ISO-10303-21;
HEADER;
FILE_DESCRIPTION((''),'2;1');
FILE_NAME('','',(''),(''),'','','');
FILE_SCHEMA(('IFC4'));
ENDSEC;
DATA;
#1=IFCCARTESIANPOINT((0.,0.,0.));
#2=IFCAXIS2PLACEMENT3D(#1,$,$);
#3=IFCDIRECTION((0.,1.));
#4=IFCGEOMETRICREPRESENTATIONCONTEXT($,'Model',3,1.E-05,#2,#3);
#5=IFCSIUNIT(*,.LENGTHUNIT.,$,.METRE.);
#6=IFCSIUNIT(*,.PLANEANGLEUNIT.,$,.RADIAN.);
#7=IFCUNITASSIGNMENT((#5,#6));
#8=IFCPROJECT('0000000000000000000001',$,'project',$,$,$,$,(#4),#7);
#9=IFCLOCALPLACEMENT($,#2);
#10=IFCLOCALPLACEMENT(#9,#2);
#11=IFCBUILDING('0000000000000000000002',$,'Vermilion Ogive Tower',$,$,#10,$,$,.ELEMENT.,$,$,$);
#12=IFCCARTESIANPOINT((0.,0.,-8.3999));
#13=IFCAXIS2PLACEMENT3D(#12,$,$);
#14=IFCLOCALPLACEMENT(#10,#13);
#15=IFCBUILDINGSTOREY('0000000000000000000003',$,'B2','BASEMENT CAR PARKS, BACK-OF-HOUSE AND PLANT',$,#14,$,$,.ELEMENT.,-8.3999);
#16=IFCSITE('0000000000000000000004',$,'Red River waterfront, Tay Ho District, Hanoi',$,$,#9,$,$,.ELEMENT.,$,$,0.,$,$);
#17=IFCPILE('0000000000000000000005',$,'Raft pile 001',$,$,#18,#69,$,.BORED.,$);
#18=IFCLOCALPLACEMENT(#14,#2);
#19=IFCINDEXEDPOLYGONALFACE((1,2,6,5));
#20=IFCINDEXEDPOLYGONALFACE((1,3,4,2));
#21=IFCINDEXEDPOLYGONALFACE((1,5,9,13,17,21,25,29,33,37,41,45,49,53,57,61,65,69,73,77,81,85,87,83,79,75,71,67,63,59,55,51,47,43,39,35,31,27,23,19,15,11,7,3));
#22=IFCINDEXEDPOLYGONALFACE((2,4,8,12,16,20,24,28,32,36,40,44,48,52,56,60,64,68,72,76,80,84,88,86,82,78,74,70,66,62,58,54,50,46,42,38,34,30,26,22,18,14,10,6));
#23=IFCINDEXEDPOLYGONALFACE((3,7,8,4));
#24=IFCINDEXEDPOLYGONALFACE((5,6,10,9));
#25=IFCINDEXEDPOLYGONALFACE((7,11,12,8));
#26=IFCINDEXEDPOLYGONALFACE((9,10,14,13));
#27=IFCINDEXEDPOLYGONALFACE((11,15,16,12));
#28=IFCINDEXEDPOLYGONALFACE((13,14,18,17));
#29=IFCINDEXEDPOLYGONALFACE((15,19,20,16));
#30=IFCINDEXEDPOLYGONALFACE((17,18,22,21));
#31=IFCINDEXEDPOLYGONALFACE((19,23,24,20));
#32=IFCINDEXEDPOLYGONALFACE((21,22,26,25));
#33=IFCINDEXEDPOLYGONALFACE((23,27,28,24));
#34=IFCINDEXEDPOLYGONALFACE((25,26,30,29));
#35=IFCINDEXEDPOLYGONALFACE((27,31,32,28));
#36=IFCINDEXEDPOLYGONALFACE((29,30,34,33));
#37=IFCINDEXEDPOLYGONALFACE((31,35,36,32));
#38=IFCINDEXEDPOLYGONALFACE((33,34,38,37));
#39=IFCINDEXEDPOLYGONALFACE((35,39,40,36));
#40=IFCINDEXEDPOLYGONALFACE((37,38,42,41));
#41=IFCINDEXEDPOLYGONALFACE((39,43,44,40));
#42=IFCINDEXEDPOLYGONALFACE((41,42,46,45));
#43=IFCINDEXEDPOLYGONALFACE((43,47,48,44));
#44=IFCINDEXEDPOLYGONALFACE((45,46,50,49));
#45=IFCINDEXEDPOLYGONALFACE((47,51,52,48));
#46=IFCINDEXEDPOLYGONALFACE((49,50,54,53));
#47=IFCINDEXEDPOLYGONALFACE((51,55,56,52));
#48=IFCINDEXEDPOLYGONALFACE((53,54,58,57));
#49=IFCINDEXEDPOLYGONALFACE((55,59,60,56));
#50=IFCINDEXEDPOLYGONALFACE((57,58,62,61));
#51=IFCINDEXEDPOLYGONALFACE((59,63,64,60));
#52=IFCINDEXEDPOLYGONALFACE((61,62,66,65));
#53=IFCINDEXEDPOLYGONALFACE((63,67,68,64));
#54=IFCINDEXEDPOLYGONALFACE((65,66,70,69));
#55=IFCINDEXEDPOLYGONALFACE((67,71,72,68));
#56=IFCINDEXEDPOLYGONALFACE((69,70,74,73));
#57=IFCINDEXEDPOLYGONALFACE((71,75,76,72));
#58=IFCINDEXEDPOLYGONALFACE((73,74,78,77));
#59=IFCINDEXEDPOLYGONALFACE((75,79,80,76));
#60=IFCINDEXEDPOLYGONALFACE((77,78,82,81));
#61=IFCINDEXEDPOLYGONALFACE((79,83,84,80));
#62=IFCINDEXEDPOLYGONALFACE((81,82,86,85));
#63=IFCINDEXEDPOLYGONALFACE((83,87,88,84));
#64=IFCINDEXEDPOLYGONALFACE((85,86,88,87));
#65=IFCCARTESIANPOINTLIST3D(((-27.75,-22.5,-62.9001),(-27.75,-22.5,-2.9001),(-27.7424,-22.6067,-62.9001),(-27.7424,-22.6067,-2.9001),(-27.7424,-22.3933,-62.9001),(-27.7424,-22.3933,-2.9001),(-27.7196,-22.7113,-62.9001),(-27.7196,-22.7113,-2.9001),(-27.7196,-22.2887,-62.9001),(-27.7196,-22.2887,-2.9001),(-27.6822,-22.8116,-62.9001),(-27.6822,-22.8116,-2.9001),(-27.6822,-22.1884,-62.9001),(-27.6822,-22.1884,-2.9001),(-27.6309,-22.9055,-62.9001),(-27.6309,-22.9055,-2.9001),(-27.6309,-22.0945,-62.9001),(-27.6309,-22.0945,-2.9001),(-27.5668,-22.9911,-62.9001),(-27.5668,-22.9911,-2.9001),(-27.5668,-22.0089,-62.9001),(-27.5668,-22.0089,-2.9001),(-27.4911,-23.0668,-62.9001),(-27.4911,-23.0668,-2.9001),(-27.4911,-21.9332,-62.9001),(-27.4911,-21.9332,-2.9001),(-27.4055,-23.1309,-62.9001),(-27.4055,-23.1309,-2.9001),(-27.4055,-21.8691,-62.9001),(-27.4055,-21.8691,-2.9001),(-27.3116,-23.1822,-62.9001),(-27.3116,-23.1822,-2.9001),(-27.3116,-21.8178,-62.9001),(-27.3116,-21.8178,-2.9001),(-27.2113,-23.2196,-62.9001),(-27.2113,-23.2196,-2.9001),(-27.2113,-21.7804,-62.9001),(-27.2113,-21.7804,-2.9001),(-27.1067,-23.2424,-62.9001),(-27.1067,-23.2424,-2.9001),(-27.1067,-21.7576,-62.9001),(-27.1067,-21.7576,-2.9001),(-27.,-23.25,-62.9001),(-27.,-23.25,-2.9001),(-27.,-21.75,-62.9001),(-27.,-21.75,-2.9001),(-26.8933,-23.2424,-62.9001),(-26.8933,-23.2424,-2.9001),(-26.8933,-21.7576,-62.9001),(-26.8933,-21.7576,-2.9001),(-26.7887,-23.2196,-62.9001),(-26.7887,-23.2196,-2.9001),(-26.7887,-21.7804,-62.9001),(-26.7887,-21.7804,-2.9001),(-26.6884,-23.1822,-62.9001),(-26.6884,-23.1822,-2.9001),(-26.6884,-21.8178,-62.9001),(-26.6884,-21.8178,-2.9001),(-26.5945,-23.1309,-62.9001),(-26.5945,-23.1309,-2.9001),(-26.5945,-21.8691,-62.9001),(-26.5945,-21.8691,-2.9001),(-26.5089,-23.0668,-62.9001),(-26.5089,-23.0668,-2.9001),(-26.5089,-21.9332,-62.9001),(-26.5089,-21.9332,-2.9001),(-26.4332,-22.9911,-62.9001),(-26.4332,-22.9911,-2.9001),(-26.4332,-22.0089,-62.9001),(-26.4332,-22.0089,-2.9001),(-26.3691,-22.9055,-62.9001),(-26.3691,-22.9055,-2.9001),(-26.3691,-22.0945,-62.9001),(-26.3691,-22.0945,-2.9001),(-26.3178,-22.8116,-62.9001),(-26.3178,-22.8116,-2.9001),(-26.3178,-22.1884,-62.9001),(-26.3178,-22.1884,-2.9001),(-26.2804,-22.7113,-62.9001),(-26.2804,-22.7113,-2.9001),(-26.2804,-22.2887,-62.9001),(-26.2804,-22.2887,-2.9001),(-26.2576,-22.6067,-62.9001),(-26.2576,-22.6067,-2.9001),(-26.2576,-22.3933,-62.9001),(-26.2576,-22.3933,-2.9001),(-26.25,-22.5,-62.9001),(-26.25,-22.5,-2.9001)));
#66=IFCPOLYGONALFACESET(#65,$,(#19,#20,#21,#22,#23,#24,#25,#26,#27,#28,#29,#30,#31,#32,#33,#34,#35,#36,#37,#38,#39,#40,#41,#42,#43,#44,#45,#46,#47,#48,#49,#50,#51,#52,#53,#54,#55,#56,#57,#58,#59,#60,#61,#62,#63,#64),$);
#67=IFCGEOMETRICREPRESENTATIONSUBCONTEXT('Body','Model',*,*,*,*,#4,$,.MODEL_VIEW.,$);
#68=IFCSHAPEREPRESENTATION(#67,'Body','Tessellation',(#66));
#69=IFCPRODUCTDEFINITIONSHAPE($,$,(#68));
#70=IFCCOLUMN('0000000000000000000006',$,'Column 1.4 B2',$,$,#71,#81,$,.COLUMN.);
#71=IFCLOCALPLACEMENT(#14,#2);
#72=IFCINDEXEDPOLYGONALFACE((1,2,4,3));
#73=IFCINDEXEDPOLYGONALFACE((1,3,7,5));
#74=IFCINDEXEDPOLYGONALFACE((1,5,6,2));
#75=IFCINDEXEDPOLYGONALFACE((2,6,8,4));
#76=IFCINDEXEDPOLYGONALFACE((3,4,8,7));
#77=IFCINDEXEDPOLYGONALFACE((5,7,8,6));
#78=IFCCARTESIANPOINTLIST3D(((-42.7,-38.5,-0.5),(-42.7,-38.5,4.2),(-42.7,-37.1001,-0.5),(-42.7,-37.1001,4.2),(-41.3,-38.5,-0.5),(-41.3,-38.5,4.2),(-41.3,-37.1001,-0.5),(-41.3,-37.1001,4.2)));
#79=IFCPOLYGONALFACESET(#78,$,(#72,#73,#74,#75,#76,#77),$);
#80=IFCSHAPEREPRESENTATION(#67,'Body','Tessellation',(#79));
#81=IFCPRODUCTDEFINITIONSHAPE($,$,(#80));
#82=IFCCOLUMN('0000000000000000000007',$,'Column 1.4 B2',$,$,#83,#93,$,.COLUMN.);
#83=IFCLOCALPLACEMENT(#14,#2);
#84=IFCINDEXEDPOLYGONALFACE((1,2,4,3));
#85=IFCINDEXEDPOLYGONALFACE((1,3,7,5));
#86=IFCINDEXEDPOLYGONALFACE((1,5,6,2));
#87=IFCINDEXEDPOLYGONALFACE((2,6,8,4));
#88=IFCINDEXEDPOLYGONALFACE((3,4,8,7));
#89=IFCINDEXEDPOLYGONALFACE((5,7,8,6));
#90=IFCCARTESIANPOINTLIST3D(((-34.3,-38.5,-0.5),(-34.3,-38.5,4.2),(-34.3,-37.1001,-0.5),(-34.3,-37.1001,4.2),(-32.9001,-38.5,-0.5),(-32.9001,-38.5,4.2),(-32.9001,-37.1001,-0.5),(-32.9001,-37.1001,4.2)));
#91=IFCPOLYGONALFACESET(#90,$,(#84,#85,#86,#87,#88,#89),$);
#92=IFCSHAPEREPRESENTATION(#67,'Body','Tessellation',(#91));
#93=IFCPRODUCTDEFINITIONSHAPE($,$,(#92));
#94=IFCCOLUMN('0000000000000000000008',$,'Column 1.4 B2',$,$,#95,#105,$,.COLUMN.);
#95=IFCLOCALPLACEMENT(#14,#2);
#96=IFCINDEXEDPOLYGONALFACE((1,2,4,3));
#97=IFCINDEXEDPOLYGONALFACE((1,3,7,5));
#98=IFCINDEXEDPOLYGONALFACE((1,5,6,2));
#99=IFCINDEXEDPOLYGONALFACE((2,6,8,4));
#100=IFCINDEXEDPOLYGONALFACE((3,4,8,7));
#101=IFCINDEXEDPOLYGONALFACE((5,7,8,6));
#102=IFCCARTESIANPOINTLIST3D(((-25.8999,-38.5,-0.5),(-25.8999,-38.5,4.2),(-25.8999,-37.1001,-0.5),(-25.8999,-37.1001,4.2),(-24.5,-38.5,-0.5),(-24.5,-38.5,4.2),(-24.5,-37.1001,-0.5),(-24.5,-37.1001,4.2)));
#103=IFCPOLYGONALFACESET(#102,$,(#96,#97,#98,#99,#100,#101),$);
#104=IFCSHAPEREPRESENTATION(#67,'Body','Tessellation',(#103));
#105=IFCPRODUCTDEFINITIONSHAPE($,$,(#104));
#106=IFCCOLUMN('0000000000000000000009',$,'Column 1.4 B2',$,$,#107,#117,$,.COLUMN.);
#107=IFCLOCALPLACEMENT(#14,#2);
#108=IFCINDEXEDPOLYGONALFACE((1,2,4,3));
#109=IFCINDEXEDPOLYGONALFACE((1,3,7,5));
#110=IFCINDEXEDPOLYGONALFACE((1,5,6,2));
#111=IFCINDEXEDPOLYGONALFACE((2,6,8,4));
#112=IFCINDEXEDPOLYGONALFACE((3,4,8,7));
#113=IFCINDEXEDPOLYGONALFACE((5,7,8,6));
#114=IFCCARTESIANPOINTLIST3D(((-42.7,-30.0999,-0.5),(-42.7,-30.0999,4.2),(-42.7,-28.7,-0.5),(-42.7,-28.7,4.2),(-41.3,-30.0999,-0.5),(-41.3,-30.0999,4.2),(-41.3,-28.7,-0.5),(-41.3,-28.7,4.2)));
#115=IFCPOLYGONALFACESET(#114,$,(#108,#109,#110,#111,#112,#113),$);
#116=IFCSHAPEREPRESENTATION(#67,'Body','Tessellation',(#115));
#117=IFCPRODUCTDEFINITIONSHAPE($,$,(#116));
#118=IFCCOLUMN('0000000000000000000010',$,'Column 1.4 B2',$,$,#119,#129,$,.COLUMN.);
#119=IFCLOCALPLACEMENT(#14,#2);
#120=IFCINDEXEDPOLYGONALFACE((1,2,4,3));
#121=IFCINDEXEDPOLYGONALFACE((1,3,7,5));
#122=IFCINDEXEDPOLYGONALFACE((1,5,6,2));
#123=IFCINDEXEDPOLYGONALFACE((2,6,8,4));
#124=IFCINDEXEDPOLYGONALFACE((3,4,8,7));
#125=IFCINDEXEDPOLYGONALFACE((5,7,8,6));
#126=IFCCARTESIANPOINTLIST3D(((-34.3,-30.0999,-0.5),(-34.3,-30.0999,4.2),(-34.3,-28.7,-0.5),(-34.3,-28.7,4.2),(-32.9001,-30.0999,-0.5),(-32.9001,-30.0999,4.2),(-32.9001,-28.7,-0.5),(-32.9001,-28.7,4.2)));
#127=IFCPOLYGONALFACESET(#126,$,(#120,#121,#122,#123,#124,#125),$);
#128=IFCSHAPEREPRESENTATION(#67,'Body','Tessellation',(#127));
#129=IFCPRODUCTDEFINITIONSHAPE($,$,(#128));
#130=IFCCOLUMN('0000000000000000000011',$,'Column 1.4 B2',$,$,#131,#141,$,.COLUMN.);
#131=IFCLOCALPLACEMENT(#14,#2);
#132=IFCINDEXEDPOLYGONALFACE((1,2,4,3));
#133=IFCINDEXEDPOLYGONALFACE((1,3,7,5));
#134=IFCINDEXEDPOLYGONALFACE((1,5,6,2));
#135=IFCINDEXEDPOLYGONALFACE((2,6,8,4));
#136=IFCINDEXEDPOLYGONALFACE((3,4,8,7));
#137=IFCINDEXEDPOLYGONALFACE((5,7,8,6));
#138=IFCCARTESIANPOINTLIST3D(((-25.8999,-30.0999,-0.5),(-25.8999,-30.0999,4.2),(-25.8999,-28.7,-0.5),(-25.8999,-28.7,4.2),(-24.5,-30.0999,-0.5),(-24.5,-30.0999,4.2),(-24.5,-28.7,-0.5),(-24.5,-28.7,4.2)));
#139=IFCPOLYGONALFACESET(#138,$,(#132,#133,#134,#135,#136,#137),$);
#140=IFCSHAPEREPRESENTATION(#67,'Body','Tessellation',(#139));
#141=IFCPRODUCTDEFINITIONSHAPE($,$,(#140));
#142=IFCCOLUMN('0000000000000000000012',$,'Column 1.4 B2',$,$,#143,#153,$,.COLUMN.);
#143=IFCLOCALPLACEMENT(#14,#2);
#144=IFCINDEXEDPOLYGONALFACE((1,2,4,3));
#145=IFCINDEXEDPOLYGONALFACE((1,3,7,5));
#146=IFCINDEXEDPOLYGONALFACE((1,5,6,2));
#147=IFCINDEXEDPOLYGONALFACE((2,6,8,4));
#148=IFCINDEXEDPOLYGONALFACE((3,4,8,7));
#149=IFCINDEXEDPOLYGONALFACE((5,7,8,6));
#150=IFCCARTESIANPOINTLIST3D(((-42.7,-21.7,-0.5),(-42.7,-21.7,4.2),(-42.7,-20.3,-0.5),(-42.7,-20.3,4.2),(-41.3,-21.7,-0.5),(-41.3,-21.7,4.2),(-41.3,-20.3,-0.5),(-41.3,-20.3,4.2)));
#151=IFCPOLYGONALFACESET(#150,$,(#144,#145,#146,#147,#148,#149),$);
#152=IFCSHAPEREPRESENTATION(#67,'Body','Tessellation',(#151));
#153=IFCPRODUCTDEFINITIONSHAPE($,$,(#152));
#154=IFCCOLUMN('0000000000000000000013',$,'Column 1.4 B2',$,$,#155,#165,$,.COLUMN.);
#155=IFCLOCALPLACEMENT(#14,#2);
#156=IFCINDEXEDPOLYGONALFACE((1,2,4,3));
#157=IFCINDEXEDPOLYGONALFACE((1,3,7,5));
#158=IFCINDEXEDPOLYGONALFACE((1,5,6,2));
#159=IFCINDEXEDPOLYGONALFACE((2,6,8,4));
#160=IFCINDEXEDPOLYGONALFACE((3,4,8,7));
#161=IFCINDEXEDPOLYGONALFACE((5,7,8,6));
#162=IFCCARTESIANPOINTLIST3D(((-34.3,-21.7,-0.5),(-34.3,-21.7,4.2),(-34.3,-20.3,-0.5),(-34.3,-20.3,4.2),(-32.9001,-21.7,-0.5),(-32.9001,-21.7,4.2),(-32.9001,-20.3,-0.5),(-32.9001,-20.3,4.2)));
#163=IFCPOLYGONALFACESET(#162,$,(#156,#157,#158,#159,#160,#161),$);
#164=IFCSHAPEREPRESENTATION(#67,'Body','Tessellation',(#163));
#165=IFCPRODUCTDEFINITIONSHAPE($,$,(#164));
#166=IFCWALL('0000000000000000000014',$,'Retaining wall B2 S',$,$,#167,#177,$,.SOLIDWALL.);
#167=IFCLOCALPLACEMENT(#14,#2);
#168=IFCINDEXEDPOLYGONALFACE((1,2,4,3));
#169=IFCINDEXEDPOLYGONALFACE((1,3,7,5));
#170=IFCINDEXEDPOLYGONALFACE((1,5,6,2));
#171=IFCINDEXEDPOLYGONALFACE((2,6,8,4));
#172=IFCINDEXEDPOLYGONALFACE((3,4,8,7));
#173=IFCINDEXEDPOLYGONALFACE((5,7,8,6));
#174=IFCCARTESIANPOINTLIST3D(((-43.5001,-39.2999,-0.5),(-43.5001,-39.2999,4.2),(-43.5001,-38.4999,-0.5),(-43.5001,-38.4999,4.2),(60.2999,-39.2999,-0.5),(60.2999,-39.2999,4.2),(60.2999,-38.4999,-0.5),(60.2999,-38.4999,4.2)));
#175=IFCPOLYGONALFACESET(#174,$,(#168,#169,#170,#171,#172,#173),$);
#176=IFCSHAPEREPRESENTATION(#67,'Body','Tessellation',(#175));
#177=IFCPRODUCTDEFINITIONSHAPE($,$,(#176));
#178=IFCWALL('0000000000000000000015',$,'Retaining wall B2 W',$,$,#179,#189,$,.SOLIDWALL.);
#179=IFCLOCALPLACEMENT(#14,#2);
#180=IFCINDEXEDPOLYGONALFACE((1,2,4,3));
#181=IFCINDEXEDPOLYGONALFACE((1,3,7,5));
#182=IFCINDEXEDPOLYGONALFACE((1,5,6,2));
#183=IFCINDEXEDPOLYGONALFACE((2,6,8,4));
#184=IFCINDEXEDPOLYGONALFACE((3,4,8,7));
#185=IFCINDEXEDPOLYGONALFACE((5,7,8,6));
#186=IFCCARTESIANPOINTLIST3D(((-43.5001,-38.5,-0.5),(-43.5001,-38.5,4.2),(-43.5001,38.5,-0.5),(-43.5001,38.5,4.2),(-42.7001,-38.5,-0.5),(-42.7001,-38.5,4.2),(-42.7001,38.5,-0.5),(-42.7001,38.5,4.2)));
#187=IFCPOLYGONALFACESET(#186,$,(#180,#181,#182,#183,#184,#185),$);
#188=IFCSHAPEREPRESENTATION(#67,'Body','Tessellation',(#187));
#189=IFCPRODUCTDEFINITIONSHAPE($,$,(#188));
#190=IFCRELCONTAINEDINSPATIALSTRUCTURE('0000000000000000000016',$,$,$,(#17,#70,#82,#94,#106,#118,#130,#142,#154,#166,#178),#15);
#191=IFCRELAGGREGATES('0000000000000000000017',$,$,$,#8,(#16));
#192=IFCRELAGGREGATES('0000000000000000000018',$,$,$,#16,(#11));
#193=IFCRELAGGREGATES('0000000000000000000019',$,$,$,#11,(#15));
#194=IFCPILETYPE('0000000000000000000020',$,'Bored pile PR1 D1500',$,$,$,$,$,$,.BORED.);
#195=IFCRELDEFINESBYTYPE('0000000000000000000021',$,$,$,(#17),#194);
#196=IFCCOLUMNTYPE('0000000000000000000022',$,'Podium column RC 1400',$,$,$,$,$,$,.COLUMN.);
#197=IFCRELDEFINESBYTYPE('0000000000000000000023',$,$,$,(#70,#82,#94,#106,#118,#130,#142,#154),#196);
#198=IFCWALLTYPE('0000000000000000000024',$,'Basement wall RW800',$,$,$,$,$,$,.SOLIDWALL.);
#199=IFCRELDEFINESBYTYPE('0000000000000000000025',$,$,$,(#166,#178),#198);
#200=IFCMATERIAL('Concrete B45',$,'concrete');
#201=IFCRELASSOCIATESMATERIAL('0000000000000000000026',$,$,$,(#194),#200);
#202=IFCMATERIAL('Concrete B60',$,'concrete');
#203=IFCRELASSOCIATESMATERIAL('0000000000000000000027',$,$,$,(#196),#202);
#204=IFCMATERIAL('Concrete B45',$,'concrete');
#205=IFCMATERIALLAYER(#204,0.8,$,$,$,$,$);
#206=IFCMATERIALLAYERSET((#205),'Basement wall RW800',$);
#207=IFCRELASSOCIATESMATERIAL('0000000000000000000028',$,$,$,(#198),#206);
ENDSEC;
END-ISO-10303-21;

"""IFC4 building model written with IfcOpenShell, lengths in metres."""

from ifc_helpers import new_model, si_unit, direction, frame, frame_2d, origin, origin_2d, place, context, subcontext, project, spatial, rectangle, circle, extrude, material, layer, layer_set, material_profile, profile_set, type_object, element, save


model = new_model("IFC4")

# Units and contexts
model_context = context("Model", 3, precision=1e-05, world=origin(), true_north=direction((0.0, 1.0)))
body_context = subcontext(model_context, "Body", "Model", "MODEL_VIEW")
ifc_project = project(units=[si_unit("LENGTHUNIT", "METRE"), si_unit("PLANEANGLEUNIT", "RADIAN")], contexts=[model_context])

# Site, building, storey
site_placement = place(None, origin())
site = spatial("IfcSite", under=ifc_project, at=site_placement, Name="Red River waterfront, Tay Ho District, Hanoi", CompositionType="ELEMENT", RefElevation=0.0)
building_placement = place(site_placement, origin())
building = spatial("IfcBuilding", under=site, at=building_placement, Name="Vermilion Ogive Tower", CompositionType="ELEMENT")
storey_placement = place(building_placement, frame((0.0, 0.0, -8.3999)))
storey = spatial("IfcBuildingStorey", under=building, at=storey_placement, Name="B2", Description="BASEMENT CAR PARKS, BACK-OF-HOUSE AND PLANT", CompositionType="ELEMENT", Elevation=-8.3999)

# Pile
ifc_material_1 = material(Name="Concrete B45", Category="concrete")
pile_type_1 = type_object("IfcPileType", Name="Bored pile PR1 D1500", PredefinedType="BORED", material=ifc_material_1)
pile_placement = place(storey_placement, frame((-27.0, -22.5, -2.9001), z_axis=(0.0, 0.0, -1.0), x_axis=(1.0, 0.0, 0.0)))
element("IfcPile", 1, at=pile_placement, inside=storey, type_object=pile_type_1, Name="Raft pile 001", PredefinedType="BORED", context=body_context, shape_type="SweptSolid", body=[
    extrude(circle(Radius=0.75, at=origin_2d()), origin(), (0.0, 0.0, 1.0), 60.0),
])

# Columns
ifc_material_2 = material(Name="Concrete B60", Category="concrete")
ifc_material_profile = material_profile(ifc_material_2, rectangle(XDim=1.3999, YDim=1.3999, at=origin_2d()), Name="RC 1400x1400")
ifc_profile_set = profile_set([ifc_material_profile], Name="Concrete B60")
column_type = type_object("IfcColumnType", Name="Podium column RC 1400", PredefinedType="COLUMN", material=ifc_profile_set)
for number, where, z_axis, x_axis, name in (
    (2, (-42.0, -37.8, -0.5), (0.0, 0.0, 1.0), (1.0, 0.0, 0.0), "Column 1.4 B2"),
    (3, (-33.6001, -37.8, -0.5), (0.0, 0.0, 1.0), (1.0, 0.0, 0.0), "Column 1.4 B2"),
    (4, (-25.2, -37.8, -0.5), (0.0, 0.0, 1.0), (1.0, 0.0, 0.0), "Column 1.4 B2"),
    (5, (-42.0, -29.3999, -0.5), (0.0, 0.0, 1.0), (1.0, 0.0, 0.0), "Column 1.4 B2"),
    (6, (-33.6001, -29.3999, -0.5), (0.0, 0.0, 1.0), (1.0, 0.0, 0.0), "Column 1.4 B2"),
    (7, (-25.2, -29.3999, -0.5), (0.0, 0.0, 1.0), (1.0, 0.0, 0.0), "Column 1.4 B2"),
    (8, (-42.0, -21.0, -0.5), (0.0, 0.0, 1.0), (1.0, 0.0, 0.0), "Column 1.4 B2"),
    (9, (-33.6001, -21.0, -0.5), (0.0, 0.0, 1.0), (1.0, 0.0, 0.0), "Column 1.4 B2"),
):
    element("IfcColumn", number, at=place(storey_placement, frame(where, z_axis=z_axis, x_axis=x_axis)), inside=storey, type_object=column_type, Name=name, PredefinedType="COLUMN", context=body_context, shape_type="SweptSolid", body=[
        extrude(rectangle(XDim=1.3999, YDim=1.3999, at=origin_2d()), origin(), (0.0, 0.0, 1.0), 4.7),
    ])

# Walls
ifc_material_3 = material(Name="Concrete B45", Category="concrete")
ifc_layer = layer(ifc_material_3, 0.8)
ifc_layer_set = layer_set([ifc_layer], Name="Basement wall RW800")
wall_type = type_object("IfcWallType", Name="Basement wall RW800", PredefinedType="SOLIDWALL", material=ifc_layer_set)
wall_1_placement = place(storey_placement, frame((-43.5, -38.8999, -0.5), z_axis=(0.0, 0.0, 1.0), x_axis=(1.0, 0.0, 0.0)))
element("IfcWall", 10, at=wall_1_placement, inside=storey, type_object=wall_type, Name="Retaining wall B2 S", PredefinedType="SOLIDWALL", context=body_context, shape_type="SweptSolid", body=[
    extrude(rectangle(XDim=103.8, YDim=0.8, at=frame_2d((51.8999, 0.0))), origin(), (0.0, 0.0, 1.0), 4.7),
])
wall_2_placement = place(storey_placement, frame((-43.1001, -38.5, -0.5), z_axis=(0.0, 0.0, 1.0), x_axis=(0.0, 1.0, 0.0)))
element("IfcWall", 11, at=wall_2_placement, inside=storey, type_object=wall_type, Name="Retaining wall B2 W", PredefinedType="SOLIDWALL", context=body_context, shape_type="SweptSolid", body=[
    extrude(rectangle(XDim=77.0, YDim=0.8, at=frame_2d((38.5, 0.0))), origin(), (0.0, 0.0, 1.0), 4.7),
])

save(model, "model.ifc")
